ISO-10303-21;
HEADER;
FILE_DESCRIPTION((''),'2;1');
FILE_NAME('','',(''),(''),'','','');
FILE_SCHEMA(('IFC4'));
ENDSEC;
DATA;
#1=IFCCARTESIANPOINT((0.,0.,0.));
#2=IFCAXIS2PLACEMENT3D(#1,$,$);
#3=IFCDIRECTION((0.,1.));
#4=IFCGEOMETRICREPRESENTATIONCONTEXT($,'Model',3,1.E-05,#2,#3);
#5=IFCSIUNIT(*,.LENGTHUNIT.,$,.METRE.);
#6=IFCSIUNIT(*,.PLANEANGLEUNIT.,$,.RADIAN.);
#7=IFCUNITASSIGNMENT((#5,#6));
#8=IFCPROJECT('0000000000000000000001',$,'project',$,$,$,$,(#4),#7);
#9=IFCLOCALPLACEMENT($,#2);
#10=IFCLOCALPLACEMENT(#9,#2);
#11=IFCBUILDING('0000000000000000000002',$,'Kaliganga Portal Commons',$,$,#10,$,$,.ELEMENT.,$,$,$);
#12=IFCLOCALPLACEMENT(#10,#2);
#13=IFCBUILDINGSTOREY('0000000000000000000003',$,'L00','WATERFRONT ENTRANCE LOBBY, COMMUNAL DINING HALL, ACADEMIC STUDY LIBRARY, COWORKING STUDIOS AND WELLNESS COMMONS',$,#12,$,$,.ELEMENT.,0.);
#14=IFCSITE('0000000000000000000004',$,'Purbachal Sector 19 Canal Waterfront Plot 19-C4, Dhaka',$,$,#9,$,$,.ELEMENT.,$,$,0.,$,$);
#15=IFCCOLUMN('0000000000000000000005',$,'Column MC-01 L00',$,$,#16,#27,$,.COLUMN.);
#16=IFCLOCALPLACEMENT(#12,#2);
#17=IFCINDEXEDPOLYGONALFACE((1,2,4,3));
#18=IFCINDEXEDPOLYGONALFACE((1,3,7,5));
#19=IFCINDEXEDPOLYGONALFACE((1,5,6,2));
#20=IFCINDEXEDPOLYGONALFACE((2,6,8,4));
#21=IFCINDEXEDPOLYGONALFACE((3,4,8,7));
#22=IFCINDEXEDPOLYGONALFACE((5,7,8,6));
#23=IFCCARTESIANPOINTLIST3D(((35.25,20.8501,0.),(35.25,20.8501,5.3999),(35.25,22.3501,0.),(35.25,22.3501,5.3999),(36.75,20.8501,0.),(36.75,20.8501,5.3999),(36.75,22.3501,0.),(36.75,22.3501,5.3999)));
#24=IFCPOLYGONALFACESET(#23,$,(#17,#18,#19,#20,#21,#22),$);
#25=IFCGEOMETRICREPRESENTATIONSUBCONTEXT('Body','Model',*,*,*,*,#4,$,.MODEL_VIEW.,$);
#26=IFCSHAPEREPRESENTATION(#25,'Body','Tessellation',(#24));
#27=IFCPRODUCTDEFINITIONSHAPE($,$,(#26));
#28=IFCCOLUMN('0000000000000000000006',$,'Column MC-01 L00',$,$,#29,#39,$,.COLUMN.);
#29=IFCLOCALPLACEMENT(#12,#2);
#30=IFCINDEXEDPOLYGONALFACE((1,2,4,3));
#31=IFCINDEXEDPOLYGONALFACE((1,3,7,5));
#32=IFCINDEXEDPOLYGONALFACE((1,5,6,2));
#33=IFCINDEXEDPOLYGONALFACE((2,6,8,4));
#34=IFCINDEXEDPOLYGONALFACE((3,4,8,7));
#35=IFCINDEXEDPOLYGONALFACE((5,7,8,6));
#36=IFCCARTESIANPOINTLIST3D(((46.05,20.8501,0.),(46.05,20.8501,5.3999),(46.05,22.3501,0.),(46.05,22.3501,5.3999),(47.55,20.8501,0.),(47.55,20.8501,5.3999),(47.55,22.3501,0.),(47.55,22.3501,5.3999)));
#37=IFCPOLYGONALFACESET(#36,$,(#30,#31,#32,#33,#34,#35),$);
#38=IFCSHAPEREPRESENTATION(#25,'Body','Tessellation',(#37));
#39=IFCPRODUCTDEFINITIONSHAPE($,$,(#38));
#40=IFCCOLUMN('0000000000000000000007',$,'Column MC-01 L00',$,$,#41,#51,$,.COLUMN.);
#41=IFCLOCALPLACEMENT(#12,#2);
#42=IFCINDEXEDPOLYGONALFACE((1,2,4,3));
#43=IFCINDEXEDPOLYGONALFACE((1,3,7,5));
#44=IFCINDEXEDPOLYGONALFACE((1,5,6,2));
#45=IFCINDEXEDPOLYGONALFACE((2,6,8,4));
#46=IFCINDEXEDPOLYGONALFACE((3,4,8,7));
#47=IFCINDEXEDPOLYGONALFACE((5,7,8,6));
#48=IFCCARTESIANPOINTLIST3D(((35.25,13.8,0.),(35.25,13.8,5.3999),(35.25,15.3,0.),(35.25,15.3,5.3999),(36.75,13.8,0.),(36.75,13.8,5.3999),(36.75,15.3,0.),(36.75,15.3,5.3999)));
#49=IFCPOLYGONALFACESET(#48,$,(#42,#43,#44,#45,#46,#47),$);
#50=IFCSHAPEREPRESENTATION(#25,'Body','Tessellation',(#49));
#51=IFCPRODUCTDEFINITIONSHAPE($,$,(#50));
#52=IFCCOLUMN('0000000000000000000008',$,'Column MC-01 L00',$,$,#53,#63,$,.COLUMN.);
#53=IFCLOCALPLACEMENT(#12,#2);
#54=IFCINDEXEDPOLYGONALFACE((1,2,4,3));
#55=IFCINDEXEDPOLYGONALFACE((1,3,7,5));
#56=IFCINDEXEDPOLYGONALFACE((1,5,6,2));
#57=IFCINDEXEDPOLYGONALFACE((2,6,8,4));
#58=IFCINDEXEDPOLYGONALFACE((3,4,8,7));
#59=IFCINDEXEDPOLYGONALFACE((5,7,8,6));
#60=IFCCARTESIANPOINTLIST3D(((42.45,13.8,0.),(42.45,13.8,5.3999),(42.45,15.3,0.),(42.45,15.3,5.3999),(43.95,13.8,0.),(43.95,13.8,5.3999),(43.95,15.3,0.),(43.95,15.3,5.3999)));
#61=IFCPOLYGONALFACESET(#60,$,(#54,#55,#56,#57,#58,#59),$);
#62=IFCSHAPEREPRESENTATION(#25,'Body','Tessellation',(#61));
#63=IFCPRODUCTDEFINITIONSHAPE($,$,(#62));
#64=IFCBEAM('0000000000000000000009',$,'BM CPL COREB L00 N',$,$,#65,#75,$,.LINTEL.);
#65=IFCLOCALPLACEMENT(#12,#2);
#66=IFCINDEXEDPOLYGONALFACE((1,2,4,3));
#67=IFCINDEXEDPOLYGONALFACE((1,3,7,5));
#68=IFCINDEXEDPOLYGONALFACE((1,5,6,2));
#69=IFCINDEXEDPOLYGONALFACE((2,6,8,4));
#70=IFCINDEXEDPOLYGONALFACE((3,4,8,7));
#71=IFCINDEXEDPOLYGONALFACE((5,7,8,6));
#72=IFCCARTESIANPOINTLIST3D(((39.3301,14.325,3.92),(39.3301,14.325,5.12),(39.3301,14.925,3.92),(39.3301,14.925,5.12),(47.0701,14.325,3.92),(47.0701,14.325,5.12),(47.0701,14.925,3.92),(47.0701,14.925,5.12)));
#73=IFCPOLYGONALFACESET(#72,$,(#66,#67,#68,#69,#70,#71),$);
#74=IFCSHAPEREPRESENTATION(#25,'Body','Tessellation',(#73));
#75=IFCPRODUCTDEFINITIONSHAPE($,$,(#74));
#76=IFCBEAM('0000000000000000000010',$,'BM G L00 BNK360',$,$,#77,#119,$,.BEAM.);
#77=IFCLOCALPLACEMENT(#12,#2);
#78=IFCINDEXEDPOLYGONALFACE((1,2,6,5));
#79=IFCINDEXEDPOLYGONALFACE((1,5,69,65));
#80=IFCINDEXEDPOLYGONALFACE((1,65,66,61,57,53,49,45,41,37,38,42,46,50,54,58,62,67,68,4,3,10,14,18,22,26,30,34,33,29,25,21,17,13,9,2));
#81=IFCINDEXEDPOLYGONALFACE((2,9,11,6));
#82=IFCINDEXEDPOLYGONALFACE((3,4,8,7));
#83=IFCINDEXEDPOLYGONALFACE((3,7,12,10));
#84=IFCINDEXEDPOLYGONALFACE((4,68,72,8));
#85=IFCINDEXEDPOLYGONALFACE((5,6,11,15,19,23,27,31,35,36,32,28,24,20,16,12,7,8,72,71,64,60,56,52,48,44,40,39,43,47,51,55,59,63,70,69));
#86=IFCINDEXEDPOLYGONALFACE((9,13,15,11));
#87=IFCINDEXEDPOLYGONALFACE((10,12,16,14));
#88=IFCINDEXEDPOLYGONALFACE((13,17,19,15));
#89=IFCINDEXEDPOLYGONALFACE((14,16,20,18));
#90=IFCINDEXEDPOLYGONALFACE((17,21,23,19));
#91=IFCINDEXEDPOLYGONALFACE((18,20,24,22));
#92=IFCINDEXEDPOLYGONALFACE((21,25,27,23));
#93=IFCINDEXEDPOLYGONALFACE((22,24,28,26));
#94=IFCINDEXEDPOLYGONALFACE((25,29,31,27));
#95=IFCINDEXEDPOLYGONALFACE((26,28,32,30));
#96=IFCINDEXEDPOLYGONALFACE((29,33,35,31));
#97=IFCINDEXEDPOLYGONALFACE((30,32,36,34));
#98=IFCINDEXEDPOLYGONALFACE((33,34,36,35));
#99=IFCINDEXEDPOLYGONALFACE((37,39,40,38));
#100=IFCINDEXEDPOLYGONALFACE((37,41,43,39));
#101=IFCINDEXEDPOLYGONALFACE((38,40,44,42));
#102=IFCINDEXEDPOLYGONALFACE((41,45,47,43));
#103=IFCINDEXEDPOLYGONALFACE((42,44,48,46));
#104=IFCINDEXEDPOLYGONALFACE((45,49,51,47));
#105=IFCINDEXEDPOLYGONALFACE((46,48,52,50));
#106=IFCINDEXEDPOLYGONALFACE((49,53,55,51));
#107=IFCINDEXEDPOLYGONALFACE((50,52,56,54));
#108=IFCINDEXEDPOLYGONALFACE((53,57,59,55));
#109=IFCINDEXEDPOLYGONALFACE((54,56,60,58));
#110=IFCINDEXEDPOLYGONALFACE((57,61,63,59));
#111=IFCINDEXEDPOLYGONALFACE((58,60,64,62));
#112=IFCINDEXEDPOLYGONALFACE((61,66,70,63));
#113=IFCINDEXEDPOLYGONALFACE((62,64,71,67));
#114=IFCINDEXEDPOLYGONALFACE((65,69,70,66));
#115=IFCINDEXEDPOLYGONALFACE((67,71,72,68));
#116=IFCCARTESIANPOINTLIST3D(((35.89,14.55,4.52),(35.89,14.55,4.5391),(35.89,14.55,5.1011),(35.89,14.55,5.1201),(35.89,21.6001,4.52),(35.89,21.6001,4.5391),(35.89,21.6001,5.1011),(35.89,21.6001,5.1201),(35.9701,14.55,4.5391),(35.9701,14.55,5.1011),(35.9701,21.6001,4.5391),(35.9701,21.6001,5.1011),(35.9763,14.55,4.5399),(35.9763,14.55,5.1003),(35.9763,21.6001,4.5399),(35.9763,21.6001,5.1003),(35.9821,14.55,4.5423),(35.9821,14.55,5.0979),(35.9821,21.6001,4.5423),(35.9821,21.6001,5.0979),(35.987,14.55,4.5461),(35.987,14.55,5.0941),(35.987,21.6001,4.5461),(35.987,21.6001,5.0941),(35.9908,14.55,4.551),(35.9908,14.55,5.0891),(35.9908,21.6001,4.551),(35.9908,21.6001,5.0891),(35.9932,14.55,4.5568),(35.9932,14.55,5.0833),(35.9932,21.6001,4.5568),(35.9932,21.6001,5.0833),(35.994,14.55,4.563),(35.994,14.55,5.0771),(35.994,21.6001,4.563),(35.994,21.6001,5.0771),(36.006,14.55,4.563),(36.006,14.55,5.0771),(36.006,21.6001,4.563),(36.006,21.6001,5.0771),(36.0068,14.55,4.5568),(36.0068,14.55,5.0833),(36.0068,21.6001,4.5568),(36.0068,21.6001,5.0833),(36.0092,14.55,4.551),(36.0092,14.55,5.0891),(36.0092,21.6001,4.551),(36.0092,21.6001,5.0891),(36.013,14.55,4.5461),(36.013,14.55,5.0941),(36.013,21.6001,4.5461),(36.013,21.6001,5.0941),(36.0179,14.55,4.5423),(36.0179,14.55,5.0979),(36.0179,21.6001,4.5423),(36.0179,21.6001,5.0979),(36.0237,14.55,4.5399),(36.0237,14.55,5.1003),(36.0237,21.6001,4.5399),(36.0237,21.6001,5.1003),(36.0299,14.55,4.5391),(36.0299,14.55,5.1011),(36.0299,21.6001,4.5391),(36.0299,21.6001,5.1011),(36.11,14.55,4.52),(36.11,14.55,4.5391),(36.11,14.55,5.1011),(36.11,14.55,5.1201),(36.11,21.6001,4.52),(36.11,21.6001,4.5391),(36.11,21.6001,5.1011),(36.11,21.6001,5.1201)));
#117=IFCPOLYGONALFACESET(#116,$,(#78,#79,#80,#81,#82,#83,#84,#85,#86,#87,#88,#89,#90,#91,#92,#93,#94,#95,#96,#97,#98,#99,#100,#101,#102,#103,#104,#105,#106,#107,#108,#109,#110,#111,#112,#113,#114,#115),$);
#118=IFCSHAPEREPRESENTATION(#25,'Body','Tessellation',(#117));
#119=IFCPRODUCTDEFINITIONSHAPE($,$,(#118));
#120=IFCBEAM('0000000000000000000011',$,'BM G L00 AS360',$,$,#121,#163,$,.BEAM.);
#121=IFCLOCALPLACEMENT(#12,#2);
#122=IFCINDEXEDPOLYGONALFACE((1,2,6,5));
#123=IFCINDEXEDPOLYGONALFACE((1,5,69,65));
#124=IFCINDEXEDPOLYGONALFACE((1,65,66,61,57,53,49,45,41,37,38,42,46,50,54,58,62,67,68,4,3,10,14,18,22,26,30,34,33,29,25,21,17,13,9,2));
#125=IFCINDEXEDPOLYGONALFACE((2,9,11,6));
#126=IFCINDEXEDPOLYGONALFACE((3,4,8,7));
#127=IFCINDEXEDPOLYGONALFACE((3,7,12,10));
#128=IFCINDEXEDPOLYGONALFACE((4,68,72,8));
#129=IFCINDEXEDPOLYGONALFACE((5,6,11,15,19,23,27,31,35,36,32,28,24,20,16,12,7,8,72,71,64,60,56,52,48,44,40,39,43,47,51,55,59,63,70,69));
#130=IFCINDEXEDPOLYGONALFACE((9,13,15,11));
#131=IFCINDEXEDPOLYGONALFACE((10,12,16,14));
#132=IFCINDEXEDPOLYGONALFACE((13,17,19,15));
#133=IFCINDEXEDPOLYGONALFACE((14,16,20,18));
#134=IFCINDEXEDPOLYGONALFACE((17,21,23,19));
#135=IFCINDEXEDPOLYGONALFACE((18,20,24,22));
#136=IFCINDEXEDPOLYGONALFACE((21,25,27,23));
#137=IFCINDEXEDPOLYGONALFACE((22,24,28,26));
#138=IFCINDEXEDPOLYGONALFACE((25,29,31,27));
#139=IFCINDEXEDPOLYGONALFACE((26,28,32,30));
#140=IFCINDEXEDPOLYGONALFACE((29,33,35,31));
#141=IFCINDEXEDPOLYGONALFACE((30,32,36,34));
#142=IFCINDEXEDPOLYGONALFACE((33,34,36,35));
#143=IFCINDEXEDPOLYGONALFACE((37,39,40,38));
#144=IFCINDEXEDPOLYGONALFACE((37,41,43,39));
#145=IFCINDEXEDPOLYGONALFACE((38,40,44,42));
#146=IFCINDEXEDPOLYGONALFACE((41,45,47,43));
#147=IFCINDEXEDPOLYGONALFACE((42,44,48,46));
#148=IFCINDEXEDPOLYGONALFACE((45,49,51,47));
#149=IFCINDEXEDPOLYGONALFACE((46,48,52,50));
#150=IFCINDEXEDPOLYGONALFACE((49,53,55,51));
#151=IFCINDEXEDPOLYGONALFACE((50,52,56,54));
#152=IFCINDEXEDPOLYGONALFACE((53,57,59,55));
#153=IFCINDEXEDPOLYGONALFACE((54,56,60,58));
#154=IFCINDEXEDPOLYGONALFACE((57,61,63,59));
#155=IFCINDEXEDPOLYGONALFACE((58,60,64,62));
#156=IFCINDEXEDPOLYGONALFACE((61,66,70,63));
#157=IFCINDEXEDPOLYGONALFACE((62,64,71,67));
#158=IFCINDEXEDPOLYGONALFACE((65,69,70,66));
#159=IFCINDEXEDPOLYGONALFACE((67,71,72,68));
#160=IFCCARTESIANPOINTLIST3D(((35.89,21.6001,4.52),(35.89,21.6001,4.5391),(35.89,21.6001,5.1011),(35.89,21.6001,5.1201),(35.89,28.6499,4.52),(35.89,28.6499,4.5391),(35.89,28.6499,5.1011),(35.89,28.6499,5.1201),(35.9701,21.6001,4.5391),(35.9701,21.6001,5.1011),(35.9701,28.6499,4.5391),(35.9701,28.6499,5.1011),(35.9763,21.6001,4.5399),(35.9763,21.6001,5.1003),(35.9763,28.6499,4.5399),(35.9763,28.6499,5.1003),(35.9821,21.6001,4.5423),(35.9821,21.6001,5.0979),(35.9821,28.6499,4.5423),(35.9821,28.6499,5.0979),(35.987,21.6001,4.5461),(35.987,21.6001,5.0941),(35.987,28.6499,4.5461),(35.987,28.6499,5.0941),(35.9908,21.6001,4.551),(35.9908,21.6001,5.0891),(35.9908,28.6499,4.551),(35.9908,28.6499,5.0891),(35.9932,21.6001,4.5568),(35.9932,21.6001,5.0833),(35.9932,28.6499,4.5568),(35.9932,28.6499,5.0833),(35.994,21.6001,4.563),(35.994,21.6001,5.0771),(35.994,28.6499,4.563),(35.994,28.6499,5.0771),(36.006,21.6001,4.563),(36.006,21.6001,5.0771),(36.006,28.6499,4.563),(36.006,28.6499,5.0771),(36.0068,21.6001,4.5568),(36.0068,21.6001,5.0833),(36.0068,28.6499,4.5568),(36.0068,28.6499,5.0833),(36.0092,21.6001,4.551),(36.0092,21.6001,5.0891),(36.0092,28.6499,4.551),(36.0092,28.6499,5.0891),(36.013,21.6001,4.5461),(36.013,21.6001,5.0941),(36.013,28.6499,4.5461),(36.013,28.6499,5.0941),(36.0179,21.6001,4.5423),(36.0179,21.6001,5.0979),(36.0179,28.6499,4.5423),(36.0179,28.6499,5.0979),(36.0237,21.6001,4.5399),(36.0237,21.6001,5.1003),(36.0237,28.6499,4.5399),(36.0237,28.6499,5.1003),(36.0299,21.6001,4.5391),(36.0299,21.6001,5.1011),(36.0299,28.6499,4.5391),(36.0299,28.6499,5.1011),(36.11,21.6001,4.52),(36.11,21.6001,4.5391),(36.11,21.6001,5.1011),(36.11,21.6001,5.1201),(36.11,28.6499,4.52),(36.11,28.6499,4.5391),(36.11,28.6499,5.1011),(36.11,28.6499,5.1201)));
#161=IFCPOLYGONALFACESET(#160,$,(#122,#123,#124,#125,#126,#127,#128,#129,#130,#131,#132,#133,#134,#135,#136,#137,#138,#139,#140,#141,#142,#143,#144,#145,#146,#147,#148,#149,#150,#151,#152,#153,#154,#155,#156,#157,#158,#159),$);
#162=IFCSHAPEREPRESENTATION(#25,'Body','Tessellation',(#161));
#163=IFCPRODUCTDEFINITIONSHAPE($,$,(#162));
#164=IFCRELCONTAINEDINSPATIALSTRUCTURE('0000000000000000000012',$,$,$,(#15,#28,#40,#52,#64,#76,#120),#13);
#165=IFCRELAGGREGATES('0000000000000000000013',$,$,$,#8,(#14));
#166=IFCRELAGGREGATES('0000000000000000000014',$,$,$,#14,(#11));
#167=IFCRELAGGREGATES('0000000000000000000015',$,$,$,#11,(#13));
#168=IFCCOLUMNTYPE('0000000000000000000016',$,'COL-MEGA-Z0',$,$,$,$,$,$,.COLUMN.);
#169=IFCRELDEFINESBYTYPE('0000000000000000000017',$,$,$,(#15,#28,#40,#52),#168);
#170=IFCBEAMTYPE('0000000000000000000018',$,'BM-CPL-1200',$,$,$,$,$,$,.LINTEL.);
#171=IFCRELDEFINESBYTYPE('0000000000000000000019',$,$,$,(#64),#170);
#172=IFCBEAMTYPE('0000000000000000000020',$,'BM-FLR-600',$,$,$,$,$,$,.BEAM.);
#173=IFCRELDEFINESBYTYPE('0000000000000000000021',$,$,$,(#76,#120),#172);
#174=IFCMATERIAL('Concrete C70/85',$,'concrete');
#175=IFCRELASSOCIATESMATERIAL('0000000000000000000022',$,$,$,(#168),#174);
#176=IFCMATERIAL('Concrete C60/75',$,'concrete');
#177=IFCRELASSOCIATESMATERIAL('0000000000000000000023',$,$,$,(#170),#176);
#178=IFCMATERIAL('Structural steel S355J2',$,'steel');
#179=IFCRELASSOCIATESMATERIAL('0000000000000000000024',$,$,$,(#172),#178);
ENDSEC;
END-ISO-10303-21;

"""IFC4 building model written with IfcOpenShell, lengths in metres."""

from ifc_helpers import new_model, si_unit, direction, frame, origin, origin_2d, place, context, subcontext, project, spatial, rectangle, i_section, extrude, source, transform, mapped, material, material_profile, profile_set, type_object, element, save


model = new_model("IFC4")

# Units and contexts
model_context = context("Model", 3, precision=1e-05, world=origin(), true_north=direction((0.0, 1.0)))
body_context = subcontext(model_context, "Body", "Model", "MODEL_VIEW")
ifc_project = project(units=[si_unit("LENGTHUNIT", "METRE"), si_unit("PLANEANGLEUNIT", "RADIAN")], contexts=[model_context])

# Site, building, storey
site_placement = place(None, origin())
site = spatial("IfcSite", under=ifc_project, at=site_placement, Name="Purbachal Sector 19 Canal Waterfront Plot 19-C4, Dhaka", CompositionType="ELEMENT", RefElevation=0.0)
building_placement = place(site_placement, origin())
building = spatial("IfcBuilding", under=site, at=building_placement, Name="Kaliganga Portal Commons", CompositionType="ELEMENT")
storey_placement = place(building_placement, origin())
storey = spatial("IfcBuildingStorey", under=building, at=storey_placement, Name="L00", Description="WATERFRONT ENTRANCE LOBBY, COMMUNAL DINING HALL, ACADEMIC STUDY LIBRARY, COWORKING STUDIOS AND WELLNESS COMMONS", CompositionType="ELEMENT", Elevation=0.0)

# Columns
ifc_material_1 = material(Name="Concrete C70/85", Category="concrete")
ifc_material_profile_1 = material_profile(ifc_material_1, rectangle(XDim=1.5, YDim=1.5, at=origin_2d()), Name="RC 1500x1500")
ifc_profile_set_1 = profile_set([ifc_material_profile_1], Name="Concrete C70/85")
column_type = type_object("IfcColumnType", Name="COL-MEGA-Z0", PredefinedType="COLUMN", material=ifc_profile_set_1)
shared_shape_1 = source(origin(), body_context, "Body", "SweptSolid", [
    extrude(rectangle(XDim=1.5, YDim=1.5, at=origin_2d()), origin(), (0.0, 0.0, 1.0), 5.3999),
])
for number, where, z_axis, x_axis, name in (
    (1, (36.0, 21.6001, 0.0), (0.0, 0.0, 1.0), (1.0, 0.0, 0.0), "Column MC-01 L00"),
    (2, (46.8, 21.6001, 0.0), (0.0, 0.0, 1.0), (1.0, 0.0, 0.0), "Column MC-01 L00"),
    (3, (36.0, 14.55, 0.0), (0.0, 0.0, 1.0), (1.0, 0.0, 0.0), "Column MC-01 L00"),
    (4, (43.2, 14.55, 0.0), (0.0, 0.0, 1.0), (1.0, 0.0, 0.0), "Column MC-01 L00"),
):
    element("IfcColumn", number, at=place(storey_placement, frame(where, z_axis=z_axis, x_axis=x_axis)), inside=storey, type_object=column_type, Name=name, PredefinedType="COLUMN", context=body_context, shape_type="MappedRepresentation", body=[
        mapped(shared_shape_1, transform((0.0, 0.0, 0.0), x_axis=(1.0, 0.0, 0.0), y_axis=(0.0, 1.0, 0.0), z_axis=(0.0, 0.0, 1.0), scale=1.0)),
    ])

# Beams
ifc_material_2 = material(Name="Concrete C60/75", Category="concrete")
ifc_material_profile_2 = material_profile(ifc_material_2, rectangle(XDim=0.6001, YDim=1.2, at=origin_2d()), Name="RC 600x1200")
ifc_profile_set_2 = profile_set([ifc_material_profile_2], Name="Concrete C60/75")
beam_type_1 = type_object("IfcBeamType", Name="BM-CPL-1200", PredefinedType="LINTEL", material=ifc_profile_set_2)
shared_shape_2 = source(origin(), body_context, "Body", "SweptSolid", [
    extrude(rectangle(XDim=0.6001, YDim=1.2, at=origin_2d()), origin(), (0.0, 0.0, 1.0), 7.74),
])
beam_1_placement = place(storey_placement, frame((39.3301, 14.625, 4.52), z_axis=(1.0, 0.0, 0.0), x_axis=(0.0, 1.0, 0.0)))
element("IfcBeam", 5, at=beam_1_placement, inside=storey, type_object=beam_type_1, Name="BM CPL COREB L00 N", PredefinedType="LINTEL", context=body_context, shape_type="MappedRepresentation", body=[
    mapped(shared_shape_2, transform((0.0, 0.0, 0.0), x_axis=(1.0, 0.0, 0.0), y_axis=(0.0, 1.0, 0.0), z_axis=(0.0, 0.0, 1.0), scale=1.0)),
])
ifc_material_3 = material(Name="Structural steel S355J2", Category="steel")
ifc_material_profile_3 = material_profile(ifc_material_3, i_section(OverallWidth=0.22, OverallDepth=0.6001, WebThickness=0.012, FlangeThickness=0.019, FilletRadius=0.0239, at=origin_2d()), Name="IPE 600")
ifc_profile_set_3 = profile_set([ifc_material_profile_3], Name="Structural steel S355J2 wide-flange")
beam_type_2 = type_object("IfcBeamType", Name="BM-FLR-600", PredefinedType="BEAM", material=ifc_profile_set_3)
shared_shape_3 = source(origin(), body_context, "Body", "SweptSolid", [
    extrude(i_section(OverallWidth=0.22, OverallDepth=0.6001, WebThickness=0.012, FlangeThickness=0.019, FilletRadius=0.0239, at=origin_2d()), origin(), (0.0, 0.0, 1.0), 7.05),
])
beam_2_placement = place(storey_placement, frame((36.0, 14.55, 4.8201), z_axis=(0.0, 1.0, 0.0), x_axis=(-1.0, 0.0, 0.0)))
element("IfcBeam", 6, at=beam_2_placement, inside=storey, type_object=beam_type_2, Name="BM G L00 BNK360", PredefinedType="BEAM", context=body_context, shape_type="MappedRepresentation", body=[
    mapped(shared_shape_3, transform((0.0, 0.0, 0.0), x_axis=(1.0, 0.0, 0.0), y_axis=(0.0, 1.0, 0.0), z_axis=(0.0, 0.0, 1.0), scale=1.0)),
])
shared_shape_4 = source(origin(), body_context, "Body", "SweptSolid", [
    extrude(i_section(OverallWidth=0.22, OverallDepth=0.6001, WebThickness=0.012, FlangeThickness=0.019, FilletRadius=0.0239, at=origin_2d()), origin(), (0.0, 0.0, 1.0), 7.0498),
])
for number, where, z_axis, x_axis, name in (
    (7, (36.0, 21.6001, 4.8201), (0.0, 1.0, 0.0), (-1.0, 0.0, 0.0), "BM G L00 AS360"),
):
    element("IfcBeam", number, at=place(storey_placement, frame(where, z_axis=z_axis, x_axis=x_axis)), inside=storey, type_object=beam_type_2, Name=name, PredefinedType="BEAM", context=body_context, shape_type="MappedRepresentation", body=[
        mapped(shared_shape_4, transform((0.0, 0.0, 0.0), x_axis=(1.0, 0.0, 0.0), y_axis=(0.0, 1.0, 0.0), z_axis=(0.0, 0.0, 1.0), scale=1.0)),
    ])

save(model, "model.ifc")
